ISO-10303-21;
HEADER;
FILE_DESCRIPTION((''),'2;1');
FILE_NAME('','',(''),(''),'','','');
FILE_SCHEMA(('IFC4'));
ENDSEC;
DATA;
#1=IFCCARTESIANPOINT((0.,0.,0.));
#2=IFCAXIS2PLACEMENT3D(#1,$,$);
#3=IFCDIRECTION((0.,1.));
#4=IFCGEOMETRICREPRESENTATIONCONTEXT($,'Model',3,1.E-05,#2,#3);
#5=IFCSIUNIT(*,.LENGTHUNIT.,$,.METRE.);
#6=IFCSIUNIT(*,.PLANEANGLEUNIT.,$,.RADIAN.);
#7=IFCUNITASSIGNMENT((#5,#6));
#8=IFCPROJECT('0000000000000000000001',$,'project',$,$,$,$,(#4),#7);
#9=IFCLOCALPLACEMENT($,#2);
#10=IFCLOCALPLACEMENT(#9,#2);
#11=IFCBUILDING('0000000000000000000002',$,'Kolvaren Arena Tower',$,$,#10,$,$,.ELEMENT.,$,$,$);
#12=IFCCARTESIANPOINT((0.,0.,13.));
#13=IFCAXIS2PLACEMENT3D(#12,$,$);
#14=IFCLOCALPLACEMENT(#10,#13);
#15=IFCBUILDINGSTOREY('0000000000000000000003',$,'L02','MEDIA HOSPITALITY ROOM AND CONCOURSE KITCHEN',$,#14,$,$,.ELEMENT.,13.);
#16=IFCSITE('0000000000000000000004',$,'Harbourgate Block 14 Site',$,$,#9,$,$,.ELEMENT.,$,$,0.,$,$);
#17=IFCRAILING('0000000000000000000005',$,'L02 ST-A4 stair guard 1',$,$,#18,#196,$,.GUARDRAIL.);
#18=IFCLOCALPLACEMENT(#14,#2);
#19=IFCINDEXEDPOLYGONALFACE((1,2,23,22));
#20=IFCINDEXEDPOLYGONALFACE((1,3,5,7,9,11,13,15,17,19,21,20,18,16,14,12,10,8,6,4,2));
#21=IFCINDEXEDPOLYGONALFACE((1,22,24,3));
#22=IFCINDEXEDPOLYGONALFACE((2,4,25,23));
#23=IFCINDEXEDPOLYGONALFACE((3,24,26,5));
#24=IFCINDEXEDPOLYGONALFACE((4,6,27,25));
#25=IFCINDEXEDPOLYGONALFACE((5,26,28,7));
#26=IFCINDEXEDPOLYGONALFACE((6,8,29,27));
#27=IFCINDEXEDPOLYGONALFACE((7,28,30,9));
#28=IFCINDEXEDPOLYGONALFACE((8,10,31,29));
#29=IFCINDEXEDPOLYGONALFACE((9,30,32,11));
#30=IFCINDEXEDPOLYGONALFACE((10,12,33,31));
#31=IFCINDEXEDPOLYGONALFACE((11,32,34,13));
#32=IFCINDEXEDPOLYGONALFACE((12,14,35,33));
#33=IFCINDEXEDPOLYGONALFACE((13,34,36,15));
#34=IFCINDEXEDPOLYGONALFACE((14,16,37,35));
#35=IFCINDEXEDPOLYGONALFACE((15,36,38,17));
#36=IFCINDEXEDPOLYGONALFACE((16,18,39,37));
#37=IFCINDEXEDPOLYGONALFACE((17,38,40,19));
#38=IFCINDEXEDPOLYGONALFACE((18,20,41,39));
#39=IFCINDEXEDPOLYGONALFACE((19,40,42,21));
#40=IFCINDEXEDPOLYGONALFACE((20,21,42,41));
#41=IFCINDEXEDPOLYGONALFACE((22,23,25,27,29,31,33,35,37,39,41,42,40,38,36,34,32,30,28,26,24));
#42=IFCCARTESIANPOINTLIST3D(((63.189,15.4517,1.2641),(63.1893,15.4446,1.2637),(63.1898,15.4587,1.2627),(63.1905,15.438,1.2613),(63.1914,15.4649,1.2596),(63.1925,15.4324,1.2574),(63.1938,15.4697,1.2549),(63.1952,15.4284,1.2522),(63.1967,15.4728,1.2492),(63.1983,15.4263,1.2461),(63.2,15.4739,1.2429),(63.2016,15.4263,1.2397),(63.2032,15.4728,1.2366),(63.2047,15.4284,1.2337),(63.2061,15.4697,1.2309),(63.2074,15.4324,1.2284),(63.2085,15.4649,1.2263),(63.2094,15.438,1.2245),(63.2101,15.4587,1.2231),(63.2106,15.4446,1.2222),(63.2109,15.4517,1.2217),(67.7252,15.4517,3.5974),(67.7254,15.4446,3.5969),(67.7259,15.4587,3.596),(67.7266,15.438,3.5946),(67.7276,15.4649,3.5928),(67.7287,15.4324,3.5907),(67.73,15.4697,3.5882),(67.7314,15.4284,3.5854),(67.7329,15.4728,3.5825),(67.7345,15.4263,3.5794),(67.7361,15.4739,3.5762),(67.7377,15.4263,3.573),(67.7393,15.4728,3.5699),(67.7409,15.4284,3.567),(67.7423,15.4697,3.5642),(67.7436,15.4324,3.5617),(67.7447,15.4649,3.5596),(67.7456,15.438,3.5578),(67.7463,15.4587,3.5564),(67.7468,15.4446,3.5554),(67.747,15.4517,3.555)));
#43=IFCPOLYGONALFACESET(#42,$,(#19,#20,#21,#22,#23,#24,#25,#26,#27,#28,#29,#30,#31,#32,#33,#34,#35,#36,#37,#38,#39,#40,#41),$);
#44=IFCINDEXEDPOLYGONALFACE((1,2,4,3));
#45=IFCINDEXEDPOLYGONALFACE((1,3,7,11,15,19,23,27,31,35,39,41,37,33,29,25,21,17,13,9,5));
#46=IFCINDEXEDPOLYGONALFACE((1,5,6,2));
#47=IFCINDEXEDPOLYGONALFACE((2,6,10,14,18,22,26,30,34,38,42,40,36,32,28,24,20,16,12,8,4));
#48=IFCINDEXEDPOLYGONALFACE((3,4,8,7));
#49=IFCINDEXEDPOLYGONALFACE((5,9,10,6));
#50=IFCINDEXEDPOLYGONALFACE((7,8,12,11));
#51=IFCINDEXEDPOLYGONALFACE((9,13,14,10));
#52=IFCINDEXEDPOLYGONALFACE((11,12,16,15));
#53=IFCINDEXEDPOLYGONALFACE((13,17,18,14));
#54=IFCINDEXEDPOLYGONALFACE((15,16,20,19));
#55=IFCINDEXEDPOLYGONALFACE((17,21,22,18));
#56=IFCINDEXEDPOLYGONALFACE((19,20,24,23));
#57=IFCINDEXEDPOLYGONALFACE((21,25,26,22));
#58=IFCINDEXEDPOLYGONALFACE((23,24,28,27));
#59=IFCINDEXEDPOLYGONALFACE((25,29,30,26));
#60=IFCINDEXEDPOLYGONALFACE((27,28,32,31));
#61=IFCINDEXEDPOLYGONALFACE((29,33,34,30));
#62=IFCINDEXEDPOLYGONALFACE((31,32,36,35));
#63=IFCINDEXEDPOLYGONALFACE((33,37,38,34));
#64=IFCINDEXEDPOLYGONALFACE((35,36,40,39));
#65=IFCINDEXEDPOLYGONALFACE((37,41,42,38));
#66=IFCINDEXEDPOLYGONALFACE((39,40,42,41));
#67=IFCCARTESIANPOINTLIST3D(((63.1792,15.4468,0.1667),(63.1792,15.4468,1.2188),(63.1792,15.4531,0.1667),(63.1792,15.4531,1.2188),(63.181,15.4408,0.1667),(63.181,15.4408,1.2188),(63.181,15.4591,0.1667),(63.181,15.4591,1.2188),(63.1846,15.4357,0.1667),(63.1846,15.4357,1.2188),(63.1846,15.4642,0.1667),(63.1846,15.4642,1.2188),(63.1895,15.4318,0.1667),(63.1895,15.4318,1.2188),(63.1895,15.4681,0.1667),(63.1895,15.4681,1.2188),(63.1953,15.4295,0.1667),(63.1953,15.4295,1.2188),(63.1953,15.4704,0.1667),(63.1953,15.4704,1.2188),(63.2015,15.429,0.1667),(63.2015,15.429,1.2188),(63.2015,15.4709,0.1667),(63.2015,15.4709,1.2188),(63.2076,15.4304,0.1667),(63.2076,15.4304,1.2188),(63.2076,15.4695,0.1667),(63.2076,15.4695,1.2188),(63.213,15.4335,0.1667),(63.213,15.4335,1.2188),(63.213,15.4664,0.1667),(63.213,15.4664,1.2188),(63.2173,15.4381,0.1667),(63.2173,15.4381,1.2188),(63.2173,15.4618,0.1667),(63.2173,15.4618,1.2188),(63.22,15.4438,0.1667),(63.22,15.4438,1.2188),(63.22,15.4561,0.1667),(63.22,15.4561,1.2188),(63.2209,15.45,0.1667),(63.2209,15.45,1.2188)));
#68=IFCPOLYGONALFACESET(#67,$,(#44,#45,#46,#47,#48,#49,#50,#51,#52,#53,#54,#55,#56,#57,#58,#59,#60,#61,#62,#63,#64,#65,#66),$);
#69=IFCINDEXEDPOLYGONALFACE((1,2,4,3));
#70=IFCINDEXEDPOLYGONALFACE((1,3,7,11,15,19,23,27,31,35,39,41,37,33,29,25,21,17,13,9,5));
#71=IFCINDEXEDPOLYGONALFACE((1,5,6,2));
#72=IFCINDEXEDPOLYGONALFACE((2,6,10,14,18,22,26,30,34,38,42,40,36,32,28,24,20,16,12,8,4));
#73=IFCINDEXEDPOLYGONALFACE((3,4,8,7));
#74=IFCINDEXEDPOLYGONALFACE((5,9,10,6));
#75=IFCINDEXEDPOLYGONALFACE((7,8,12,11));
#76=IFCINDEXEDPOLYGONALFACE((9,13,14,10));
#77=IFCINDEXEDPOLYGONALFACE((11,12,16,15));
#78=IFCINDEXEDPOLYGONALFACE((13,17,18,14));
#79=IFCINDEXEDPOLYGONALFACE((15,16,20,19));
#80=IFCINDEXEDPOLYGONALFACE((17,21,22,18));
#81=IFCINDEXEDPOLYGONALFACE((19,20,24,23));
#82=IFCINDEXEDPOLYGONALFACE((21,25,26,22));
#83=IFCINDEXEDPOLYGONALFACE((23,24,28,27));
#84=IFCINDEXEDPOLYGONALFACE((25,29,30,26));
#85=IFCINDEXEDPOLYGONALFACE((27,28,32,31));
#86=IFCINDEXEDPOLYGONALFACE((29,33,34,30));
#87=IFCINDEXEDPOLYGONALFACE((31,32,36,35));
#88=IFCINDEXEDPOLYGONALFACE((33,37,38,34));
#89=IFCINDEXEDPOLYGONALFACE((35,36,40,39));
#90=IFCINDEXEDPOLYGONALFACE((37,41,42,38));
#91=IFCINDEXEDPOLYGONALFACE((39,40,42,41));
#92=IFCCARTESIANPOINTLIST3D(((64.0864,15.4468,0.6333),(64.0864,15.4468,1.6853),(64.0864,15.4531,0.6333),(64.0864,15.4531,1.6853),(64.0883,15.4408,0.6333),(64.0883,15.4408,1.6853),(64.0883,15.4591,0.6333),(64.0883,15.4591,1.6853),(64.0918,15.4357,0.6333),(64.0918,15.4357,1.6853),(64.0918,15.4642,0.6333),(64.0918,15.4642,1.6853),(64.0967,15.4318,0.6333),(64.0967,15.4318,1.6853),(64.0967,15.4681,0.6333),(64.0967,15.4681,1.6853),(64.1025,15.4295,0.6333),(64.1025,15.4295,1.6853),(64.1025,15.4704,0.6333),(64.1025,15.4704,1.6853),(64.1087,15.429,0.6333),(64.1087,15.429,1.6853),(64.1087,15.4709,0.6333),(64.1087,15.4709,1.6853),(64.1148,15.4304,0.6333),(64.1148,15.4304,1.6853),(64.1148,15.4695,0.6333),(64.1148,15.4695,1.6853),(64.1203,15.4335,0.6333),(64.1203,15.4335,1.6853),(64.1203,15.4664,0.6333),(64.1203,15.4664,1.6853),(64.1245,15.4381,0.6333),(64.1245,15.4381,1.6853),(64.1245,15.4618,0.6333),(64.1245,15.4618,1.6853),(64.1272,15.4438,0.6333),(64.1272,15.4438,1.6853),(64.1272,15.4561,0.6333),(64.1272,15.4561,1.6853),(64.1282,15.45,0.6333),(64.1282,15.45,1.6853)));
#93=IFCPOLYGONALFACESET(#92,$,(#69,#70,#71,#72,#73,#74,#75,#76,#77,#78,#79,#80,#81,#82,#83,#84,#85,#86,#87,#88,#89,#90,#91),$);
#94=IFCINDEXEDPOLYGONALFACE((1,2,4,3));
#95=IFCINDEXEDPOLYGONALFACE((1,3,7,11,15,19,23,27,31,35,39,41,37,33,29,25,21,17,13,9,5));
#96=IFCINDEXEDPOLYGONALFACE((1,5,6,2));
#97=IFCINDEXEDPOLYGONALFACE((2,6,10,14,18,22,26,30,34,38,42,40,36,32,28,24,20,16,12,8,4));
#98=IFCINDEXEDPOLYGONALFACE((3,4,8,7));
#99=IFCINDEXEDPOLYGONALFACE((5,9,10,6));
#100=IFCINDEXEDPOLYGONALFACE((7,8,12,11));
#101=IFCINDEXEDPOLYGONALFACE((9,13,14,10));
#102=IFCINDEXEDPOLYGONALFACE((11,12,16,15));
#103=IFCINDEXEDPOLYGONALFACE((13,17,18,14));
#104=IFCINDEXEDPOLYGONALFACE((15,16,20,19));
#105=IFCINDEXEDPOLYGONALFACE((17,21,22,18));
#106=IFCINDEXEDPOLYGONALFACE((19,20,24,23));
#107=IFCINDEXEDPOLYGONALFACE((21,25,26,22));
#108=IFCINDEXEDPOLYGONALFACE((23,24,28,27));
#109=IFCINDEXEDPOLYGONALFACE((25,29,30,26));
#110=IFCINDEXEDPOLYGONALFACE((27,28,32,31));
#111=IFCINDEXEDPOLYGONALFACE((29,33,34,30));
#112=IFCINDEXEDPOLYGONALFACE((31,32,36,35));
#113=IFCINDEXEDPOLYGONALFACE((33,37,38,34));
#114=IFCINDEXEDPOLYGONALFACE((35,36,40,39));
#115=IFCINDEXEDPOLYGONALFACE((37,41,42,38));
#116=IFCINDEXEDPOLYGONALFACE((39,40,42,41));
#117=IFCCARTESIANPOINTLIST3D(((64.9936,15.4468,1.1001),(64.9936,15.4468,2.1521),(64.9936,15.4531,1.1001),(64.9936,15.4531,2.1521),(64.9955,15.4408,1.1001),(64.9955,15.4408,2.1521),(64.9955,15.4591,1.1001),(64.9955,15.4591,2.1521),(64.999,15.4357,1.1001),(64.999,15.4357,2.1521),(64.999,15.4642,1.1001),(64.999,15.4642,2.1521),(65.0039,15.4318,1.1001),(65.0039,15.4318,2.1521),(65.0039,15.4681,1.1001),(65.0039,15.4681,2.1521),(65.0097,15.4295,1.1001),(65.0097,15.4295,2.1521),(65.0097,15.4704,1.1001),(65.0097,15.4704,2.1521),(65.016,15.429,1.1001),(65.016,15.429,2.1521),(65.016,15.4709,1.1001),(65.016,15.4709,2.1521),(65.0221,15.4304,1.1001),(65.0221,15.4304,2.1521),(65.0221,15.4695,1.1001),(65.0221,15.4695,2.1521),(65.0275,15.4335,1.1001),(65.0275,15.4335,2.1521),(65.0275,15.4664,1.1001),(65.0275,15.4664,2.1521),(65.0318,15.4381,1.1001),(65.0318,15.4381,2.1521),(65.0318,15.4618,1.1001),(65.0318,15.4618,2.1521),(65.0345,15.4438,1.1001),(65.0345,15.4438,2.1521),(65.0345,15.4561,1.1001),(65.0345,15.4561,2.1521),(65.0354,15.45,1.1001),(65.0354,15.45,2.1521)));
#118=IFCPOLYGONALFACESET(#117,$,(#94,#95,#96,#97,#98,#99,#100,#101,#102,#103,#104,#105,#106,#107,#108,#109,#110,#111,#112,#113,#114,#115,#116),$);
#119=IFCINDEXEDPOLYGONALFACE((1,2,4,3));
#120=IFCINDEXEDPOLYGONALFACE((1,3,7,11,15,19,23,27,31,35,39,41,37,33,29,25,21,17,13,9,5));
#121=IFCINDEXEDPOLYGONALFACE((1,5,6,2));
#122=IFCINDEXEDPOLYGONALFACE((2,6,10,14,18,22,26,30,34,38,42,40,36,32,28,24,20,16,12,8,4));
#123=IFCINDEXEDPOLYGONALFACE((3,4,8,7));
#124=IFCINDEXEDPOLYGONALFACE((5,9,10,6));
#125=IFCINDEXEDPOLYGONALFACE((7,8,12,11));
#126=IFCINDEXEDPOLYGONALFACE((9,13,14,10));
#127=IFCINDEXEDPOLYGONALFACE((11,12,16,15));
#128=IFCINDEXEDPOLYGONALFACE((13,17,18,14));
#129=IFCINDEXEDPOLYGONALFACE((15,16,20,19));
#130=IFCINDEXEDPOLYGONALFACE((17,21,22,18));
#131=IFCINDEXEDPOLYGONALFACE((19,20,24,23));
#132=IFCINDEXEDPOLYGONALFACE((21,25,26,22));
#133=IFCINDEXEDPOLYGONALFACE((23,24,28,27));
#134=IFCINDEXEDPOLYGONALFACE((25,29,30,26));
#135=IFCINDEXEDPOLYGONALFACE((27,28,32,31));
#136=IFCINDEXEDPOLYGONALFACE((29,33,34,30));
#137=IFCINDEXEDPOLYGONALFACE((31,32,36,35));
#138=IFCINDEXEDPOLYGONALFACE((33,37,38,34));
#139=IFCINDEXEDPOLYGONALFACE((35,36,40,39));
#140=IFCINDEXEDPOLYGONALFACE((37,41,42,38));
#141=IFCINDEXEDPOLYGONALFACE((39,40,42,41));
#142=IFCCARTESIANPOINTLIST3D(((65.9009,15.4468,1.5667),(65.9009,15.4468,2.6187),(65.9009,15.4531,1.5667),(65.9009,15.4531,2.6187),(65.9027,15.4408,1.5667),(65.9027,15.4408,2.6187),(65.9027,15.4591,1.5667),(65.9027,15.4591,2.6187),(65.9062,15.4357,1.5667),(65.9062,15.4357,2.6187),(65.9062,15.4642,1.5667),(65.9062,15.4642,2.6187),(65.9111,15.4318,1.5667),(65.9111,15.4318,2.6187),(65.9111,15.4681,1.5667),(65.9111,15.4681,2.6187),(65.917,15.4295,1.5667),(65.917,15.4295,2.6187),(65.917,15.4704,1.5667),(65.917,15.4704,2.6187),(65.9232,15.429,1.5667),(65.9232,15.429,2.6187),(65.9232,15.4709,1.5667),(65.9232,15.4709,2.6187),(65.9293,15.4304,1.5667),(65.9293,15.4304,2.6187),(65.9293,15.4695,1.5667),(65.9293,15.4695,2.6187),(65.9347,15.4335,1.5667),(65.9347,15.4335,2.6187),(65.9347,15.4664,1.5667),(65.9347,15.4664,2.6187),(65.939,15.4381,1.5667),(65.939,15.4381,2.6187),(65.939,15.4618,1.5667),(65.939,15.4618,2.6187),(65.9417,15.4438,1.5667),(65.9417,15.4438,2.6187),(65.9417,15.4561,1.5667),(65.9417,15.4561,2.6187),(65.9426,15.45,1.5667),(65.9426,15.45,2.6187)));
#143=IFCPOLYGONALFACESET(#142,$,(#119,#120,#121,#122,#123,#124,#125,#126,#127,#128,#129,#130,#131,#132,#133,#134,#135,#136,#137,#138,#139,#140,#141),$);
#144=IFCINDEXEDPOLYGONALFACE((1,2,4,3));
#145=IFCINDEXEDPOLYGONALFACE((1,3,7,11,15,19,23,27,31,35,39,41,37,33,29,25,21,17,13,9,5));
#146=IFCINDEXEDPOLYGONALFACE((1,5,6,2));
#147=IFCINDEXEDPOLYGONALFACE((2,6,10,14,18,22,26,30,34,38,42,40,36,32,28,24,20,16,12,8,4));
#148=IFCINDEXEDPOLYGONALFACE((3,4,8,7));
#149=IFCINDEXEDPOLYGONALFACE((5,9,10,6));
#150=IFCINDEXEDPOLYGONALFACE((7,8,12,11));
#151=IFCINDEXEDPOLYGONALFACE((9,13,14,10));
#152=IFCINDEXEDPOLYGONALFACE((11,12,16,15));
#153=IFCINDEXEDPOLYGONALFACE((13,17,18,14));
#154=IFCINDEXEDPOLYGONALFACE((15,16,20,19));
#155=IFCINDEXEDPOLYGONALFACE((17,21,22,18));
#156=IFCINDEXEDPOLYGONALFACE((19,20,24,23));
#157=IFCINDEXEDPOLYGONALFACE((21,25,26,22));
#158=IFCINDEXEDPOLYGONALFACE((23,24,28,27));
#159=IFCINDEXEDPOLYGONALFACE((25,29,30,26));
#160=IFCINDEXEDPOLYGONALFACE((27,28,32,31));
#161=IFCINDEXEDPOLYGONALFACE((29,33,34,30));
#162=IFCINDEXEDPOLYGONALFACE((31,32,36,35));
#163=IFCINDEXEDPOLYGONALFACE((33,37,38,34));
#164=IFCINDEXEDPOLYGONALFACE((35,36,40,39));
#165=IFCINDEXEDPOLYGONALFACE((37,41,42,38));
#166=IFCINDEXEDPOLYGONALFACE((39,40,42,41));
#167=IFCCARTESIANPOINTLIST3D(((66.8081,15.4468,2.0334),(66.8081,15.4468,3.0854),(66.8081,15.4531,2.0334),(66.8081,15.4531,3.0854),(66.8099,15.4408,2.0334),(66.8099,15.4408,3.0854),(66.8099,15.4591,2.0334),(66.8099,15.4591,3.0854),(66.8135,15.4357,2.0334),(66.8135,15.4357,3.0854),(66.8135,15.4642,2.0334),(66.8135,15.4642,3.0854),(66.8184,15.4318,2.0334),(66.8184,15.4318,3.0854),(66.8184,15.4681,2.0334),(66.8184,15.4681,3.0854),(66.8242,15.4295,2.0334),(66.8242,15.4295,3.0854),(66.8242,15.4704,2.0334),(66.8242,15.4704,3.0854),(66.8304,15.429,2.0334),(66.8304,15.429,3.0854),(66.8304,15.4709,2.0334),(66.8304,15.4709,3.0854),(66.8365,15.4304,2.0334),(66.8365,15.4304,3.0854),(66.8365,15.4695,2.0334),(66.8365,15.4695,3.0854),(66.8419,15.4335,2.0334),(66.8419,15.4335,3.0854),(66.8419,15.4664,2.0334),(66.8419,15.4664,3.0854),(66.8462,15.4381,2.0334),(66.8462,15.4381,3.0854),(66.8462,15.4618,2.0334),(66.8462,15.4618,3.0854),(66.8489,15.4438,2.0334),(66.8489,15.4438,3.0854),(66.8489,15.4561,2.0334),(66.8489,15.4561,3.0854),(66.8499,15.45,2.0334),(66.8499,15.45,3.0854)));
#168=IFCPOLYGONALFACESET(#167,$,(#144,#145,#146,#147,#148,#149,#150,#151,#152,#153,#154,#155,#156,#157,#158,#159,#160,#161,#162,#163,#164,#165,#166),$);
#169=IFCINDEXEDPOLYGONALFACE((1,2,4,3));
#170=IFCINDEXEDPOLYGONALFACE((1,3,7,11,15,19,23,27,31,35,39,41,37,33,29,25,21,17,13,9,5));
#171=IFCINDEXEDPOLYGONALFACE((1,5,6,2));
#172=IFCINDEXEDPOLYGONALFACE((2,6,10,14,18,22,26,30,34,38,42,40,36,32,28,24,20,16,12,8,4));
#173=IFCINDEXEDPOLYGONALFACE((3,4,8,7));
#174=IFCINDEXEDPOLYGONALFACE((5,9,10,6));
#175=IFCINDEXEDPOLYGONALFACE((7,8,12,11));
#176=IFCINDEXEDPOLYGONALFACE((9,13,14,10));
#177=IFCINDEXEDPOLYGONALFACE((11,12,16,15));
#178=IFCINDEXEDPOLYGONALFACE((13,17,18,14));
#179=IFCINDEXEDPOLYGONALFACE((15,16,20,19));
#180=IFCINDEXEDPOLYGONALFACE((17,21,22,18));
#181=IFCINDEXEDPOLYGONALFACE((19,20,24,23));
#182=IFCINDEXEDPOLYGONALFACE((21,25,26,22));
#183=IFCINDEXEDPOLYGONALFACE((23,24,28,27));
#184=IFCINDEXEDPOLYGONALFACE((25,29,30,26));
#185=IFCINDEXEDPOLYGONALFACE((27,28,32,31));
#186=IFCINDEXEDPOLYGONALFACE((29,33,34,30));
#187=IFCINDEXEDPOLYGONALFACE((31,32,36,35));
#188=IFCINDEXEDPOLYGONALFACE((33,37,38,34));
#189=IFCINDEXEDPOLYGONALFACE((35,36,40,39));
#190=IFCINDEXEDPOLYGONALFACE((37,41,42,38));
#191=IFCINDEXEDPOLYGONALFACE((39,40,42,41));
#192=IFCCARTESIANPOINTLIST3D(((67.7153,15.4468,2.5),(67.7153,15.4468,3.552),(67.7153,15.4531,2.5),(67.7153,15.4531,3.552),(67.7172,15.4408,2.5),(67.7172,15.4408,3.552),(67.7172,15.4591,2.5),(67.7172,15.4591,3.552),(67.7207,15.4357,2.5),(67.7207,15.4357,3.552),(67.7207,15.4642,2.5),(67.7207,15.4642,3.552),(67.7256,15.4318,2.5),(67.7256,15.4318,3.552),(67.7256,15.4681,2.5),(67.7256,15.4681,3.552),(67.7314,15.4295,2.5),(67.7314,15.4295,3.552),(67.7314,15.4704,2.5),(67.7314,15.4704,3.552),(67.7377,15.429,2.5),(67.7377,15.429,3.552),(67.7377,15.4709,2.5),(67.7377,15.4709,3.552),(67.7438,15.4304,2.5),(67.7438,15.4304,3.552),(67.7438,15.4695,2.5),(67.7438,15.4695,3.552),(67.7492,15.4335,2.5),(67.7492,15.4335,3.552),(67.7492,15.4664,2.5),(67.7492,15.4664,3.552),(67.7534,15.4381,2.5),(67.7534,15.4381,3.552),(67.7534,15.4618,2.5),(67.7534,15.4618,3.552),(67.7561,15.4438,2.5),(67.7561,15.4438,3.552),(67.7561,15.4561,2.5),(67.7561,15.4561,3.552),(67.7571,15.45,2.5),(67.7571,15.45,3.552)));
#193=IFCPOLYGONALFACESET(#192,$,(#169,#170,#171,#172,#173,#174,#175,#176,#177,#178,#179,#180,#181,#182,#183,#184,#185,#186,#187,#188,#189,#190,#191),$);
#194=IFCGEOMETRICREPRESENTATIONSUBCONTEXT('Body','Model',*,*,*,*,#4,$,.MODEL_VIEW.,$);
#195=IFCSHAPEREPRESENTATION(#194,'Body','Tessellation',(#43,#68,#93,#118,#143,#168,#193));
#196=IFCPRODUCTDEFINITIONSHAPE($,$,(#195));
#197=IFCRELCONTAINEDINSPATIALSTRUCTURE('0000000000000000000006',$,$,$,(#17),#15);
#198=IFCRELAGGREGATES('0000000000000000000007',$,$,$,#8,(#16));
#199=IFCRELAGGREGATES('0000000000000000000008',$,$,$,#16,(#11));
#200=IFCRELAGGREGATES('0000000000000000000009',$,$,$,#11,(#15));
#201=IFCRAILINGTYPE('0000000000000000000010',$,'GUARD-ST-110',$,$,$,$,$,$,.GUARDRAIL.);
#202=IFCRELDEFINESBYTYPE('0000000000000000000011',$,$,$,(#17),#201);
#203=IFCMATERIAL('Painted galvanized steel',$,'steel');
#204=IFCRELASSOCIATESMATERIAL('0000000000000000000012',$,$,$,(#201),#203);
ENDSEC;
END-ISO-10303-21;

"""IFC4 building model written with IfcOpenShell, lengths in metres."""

from ifc_helpers import new_model, si_unit, direction, frame, origin, origin_2d, place, context, subcontext, project, spatial, circle, extrude, material, type_object, element, save


model = new_model("IFC4")

# Units and contexts
model_context = context("Model", 3, precision=1e-05, world=origin(), true_north=direction((0.0, 1.0)))
body_context = subcontext(model_context, "Body", "Model", "MODEL_VIEW")
ifc_project = project(units=[si_unit("LENGTHUNIT", "METRE"), si_unit("PLANEANGLEUNIT", "RADIAN")], contexts=[model_context])

# Site, building, storey
site_placement = place(None, origin())
site = spatial("IfcSite", under=ifc_project, at=site_placement, Name="Harbourgate Block 14 Site", CompositionType="ELEMENT", RefElevation=0.0)
building_placement = place(site_placement, origin())
building = spatial("IfcBuilding", under=site, at=building_placement, Name="Kolvaren Arena Tower", CompositionType="ELEMENT")
storey_placement = place(building_placement, frame((0.0, 0.0, 13.0)))
storey = spatial("IfcBuildingStorey", under=building, at=storey_placement, Name="L02", Description="MEDIA HOSPITALITY ROOM AND CONCOURSE KITCHEN", CompositionType="ELEMENT", Elevation=13.0)

# Railing
ifc_material_1 = material(Name="Painted galvanized steel", Category="steel")
railing_type_1 = type_object("IfcRailingType", Name="GUARD-ST-110", PredefinedType="GUARDRAIL", material=ifc_material_1)
railing_1_placement = place(storey_placement, frame((63.2, 15.45, 0.1667)))
element("IfcRailing", 1, at=railing_1_placement, inside=storey, type_object=railing_type_1, Name="L02 ST-A4 stair guard 1", PredefinedType="GUARDRAIL", context=body_context, shape_type="SweptSolid", body=[
    extrude(circle(Radius=0.0239, at=origin_2d()), frame((0.0, 0.0, 1.0762), z_axis=(0.889257, 0.0, 0.457407), x_axis=(0.0, 1.0, 0.0)), (0.0, 0.0, 1.0), 5.1011),
    extrude(circle(Radius=0.021, at=origin_2d()), origin(), (0.0, 0.0, 1.0), 1.052),
    extrude(circle(Radius=0.021, at=origin_2d()), frame((0.9072, 0.0, 0.4666)), (0.0, 0.0, 1.0), 1.052),
    extrude(circle(Radius=0.021, at=origin_2d()), frame((1.8145, 0.0, 0.9333)), (0.0, 0.0, 1.0), 1.052),
    extrude(circle(Radius=0.021, at=origin_2d()), frame((2.7217, 0.0, 1.3999)), (0.0, 0.0, 1.0), 1.052),
    extrude(circle(Radius=0.021, at=origin_2d()), frame((3.6289, 0.0, 1.8667)), (0.0, 0.0, 1.0), 1.052),
    extrude(circle(Radius=0.021, at=origin_2d()), frame((4.5361, 0.0, 2.3333)), (0.0, 0.0, 1.0), 1.052),
])

save(model, "model.ifc")
